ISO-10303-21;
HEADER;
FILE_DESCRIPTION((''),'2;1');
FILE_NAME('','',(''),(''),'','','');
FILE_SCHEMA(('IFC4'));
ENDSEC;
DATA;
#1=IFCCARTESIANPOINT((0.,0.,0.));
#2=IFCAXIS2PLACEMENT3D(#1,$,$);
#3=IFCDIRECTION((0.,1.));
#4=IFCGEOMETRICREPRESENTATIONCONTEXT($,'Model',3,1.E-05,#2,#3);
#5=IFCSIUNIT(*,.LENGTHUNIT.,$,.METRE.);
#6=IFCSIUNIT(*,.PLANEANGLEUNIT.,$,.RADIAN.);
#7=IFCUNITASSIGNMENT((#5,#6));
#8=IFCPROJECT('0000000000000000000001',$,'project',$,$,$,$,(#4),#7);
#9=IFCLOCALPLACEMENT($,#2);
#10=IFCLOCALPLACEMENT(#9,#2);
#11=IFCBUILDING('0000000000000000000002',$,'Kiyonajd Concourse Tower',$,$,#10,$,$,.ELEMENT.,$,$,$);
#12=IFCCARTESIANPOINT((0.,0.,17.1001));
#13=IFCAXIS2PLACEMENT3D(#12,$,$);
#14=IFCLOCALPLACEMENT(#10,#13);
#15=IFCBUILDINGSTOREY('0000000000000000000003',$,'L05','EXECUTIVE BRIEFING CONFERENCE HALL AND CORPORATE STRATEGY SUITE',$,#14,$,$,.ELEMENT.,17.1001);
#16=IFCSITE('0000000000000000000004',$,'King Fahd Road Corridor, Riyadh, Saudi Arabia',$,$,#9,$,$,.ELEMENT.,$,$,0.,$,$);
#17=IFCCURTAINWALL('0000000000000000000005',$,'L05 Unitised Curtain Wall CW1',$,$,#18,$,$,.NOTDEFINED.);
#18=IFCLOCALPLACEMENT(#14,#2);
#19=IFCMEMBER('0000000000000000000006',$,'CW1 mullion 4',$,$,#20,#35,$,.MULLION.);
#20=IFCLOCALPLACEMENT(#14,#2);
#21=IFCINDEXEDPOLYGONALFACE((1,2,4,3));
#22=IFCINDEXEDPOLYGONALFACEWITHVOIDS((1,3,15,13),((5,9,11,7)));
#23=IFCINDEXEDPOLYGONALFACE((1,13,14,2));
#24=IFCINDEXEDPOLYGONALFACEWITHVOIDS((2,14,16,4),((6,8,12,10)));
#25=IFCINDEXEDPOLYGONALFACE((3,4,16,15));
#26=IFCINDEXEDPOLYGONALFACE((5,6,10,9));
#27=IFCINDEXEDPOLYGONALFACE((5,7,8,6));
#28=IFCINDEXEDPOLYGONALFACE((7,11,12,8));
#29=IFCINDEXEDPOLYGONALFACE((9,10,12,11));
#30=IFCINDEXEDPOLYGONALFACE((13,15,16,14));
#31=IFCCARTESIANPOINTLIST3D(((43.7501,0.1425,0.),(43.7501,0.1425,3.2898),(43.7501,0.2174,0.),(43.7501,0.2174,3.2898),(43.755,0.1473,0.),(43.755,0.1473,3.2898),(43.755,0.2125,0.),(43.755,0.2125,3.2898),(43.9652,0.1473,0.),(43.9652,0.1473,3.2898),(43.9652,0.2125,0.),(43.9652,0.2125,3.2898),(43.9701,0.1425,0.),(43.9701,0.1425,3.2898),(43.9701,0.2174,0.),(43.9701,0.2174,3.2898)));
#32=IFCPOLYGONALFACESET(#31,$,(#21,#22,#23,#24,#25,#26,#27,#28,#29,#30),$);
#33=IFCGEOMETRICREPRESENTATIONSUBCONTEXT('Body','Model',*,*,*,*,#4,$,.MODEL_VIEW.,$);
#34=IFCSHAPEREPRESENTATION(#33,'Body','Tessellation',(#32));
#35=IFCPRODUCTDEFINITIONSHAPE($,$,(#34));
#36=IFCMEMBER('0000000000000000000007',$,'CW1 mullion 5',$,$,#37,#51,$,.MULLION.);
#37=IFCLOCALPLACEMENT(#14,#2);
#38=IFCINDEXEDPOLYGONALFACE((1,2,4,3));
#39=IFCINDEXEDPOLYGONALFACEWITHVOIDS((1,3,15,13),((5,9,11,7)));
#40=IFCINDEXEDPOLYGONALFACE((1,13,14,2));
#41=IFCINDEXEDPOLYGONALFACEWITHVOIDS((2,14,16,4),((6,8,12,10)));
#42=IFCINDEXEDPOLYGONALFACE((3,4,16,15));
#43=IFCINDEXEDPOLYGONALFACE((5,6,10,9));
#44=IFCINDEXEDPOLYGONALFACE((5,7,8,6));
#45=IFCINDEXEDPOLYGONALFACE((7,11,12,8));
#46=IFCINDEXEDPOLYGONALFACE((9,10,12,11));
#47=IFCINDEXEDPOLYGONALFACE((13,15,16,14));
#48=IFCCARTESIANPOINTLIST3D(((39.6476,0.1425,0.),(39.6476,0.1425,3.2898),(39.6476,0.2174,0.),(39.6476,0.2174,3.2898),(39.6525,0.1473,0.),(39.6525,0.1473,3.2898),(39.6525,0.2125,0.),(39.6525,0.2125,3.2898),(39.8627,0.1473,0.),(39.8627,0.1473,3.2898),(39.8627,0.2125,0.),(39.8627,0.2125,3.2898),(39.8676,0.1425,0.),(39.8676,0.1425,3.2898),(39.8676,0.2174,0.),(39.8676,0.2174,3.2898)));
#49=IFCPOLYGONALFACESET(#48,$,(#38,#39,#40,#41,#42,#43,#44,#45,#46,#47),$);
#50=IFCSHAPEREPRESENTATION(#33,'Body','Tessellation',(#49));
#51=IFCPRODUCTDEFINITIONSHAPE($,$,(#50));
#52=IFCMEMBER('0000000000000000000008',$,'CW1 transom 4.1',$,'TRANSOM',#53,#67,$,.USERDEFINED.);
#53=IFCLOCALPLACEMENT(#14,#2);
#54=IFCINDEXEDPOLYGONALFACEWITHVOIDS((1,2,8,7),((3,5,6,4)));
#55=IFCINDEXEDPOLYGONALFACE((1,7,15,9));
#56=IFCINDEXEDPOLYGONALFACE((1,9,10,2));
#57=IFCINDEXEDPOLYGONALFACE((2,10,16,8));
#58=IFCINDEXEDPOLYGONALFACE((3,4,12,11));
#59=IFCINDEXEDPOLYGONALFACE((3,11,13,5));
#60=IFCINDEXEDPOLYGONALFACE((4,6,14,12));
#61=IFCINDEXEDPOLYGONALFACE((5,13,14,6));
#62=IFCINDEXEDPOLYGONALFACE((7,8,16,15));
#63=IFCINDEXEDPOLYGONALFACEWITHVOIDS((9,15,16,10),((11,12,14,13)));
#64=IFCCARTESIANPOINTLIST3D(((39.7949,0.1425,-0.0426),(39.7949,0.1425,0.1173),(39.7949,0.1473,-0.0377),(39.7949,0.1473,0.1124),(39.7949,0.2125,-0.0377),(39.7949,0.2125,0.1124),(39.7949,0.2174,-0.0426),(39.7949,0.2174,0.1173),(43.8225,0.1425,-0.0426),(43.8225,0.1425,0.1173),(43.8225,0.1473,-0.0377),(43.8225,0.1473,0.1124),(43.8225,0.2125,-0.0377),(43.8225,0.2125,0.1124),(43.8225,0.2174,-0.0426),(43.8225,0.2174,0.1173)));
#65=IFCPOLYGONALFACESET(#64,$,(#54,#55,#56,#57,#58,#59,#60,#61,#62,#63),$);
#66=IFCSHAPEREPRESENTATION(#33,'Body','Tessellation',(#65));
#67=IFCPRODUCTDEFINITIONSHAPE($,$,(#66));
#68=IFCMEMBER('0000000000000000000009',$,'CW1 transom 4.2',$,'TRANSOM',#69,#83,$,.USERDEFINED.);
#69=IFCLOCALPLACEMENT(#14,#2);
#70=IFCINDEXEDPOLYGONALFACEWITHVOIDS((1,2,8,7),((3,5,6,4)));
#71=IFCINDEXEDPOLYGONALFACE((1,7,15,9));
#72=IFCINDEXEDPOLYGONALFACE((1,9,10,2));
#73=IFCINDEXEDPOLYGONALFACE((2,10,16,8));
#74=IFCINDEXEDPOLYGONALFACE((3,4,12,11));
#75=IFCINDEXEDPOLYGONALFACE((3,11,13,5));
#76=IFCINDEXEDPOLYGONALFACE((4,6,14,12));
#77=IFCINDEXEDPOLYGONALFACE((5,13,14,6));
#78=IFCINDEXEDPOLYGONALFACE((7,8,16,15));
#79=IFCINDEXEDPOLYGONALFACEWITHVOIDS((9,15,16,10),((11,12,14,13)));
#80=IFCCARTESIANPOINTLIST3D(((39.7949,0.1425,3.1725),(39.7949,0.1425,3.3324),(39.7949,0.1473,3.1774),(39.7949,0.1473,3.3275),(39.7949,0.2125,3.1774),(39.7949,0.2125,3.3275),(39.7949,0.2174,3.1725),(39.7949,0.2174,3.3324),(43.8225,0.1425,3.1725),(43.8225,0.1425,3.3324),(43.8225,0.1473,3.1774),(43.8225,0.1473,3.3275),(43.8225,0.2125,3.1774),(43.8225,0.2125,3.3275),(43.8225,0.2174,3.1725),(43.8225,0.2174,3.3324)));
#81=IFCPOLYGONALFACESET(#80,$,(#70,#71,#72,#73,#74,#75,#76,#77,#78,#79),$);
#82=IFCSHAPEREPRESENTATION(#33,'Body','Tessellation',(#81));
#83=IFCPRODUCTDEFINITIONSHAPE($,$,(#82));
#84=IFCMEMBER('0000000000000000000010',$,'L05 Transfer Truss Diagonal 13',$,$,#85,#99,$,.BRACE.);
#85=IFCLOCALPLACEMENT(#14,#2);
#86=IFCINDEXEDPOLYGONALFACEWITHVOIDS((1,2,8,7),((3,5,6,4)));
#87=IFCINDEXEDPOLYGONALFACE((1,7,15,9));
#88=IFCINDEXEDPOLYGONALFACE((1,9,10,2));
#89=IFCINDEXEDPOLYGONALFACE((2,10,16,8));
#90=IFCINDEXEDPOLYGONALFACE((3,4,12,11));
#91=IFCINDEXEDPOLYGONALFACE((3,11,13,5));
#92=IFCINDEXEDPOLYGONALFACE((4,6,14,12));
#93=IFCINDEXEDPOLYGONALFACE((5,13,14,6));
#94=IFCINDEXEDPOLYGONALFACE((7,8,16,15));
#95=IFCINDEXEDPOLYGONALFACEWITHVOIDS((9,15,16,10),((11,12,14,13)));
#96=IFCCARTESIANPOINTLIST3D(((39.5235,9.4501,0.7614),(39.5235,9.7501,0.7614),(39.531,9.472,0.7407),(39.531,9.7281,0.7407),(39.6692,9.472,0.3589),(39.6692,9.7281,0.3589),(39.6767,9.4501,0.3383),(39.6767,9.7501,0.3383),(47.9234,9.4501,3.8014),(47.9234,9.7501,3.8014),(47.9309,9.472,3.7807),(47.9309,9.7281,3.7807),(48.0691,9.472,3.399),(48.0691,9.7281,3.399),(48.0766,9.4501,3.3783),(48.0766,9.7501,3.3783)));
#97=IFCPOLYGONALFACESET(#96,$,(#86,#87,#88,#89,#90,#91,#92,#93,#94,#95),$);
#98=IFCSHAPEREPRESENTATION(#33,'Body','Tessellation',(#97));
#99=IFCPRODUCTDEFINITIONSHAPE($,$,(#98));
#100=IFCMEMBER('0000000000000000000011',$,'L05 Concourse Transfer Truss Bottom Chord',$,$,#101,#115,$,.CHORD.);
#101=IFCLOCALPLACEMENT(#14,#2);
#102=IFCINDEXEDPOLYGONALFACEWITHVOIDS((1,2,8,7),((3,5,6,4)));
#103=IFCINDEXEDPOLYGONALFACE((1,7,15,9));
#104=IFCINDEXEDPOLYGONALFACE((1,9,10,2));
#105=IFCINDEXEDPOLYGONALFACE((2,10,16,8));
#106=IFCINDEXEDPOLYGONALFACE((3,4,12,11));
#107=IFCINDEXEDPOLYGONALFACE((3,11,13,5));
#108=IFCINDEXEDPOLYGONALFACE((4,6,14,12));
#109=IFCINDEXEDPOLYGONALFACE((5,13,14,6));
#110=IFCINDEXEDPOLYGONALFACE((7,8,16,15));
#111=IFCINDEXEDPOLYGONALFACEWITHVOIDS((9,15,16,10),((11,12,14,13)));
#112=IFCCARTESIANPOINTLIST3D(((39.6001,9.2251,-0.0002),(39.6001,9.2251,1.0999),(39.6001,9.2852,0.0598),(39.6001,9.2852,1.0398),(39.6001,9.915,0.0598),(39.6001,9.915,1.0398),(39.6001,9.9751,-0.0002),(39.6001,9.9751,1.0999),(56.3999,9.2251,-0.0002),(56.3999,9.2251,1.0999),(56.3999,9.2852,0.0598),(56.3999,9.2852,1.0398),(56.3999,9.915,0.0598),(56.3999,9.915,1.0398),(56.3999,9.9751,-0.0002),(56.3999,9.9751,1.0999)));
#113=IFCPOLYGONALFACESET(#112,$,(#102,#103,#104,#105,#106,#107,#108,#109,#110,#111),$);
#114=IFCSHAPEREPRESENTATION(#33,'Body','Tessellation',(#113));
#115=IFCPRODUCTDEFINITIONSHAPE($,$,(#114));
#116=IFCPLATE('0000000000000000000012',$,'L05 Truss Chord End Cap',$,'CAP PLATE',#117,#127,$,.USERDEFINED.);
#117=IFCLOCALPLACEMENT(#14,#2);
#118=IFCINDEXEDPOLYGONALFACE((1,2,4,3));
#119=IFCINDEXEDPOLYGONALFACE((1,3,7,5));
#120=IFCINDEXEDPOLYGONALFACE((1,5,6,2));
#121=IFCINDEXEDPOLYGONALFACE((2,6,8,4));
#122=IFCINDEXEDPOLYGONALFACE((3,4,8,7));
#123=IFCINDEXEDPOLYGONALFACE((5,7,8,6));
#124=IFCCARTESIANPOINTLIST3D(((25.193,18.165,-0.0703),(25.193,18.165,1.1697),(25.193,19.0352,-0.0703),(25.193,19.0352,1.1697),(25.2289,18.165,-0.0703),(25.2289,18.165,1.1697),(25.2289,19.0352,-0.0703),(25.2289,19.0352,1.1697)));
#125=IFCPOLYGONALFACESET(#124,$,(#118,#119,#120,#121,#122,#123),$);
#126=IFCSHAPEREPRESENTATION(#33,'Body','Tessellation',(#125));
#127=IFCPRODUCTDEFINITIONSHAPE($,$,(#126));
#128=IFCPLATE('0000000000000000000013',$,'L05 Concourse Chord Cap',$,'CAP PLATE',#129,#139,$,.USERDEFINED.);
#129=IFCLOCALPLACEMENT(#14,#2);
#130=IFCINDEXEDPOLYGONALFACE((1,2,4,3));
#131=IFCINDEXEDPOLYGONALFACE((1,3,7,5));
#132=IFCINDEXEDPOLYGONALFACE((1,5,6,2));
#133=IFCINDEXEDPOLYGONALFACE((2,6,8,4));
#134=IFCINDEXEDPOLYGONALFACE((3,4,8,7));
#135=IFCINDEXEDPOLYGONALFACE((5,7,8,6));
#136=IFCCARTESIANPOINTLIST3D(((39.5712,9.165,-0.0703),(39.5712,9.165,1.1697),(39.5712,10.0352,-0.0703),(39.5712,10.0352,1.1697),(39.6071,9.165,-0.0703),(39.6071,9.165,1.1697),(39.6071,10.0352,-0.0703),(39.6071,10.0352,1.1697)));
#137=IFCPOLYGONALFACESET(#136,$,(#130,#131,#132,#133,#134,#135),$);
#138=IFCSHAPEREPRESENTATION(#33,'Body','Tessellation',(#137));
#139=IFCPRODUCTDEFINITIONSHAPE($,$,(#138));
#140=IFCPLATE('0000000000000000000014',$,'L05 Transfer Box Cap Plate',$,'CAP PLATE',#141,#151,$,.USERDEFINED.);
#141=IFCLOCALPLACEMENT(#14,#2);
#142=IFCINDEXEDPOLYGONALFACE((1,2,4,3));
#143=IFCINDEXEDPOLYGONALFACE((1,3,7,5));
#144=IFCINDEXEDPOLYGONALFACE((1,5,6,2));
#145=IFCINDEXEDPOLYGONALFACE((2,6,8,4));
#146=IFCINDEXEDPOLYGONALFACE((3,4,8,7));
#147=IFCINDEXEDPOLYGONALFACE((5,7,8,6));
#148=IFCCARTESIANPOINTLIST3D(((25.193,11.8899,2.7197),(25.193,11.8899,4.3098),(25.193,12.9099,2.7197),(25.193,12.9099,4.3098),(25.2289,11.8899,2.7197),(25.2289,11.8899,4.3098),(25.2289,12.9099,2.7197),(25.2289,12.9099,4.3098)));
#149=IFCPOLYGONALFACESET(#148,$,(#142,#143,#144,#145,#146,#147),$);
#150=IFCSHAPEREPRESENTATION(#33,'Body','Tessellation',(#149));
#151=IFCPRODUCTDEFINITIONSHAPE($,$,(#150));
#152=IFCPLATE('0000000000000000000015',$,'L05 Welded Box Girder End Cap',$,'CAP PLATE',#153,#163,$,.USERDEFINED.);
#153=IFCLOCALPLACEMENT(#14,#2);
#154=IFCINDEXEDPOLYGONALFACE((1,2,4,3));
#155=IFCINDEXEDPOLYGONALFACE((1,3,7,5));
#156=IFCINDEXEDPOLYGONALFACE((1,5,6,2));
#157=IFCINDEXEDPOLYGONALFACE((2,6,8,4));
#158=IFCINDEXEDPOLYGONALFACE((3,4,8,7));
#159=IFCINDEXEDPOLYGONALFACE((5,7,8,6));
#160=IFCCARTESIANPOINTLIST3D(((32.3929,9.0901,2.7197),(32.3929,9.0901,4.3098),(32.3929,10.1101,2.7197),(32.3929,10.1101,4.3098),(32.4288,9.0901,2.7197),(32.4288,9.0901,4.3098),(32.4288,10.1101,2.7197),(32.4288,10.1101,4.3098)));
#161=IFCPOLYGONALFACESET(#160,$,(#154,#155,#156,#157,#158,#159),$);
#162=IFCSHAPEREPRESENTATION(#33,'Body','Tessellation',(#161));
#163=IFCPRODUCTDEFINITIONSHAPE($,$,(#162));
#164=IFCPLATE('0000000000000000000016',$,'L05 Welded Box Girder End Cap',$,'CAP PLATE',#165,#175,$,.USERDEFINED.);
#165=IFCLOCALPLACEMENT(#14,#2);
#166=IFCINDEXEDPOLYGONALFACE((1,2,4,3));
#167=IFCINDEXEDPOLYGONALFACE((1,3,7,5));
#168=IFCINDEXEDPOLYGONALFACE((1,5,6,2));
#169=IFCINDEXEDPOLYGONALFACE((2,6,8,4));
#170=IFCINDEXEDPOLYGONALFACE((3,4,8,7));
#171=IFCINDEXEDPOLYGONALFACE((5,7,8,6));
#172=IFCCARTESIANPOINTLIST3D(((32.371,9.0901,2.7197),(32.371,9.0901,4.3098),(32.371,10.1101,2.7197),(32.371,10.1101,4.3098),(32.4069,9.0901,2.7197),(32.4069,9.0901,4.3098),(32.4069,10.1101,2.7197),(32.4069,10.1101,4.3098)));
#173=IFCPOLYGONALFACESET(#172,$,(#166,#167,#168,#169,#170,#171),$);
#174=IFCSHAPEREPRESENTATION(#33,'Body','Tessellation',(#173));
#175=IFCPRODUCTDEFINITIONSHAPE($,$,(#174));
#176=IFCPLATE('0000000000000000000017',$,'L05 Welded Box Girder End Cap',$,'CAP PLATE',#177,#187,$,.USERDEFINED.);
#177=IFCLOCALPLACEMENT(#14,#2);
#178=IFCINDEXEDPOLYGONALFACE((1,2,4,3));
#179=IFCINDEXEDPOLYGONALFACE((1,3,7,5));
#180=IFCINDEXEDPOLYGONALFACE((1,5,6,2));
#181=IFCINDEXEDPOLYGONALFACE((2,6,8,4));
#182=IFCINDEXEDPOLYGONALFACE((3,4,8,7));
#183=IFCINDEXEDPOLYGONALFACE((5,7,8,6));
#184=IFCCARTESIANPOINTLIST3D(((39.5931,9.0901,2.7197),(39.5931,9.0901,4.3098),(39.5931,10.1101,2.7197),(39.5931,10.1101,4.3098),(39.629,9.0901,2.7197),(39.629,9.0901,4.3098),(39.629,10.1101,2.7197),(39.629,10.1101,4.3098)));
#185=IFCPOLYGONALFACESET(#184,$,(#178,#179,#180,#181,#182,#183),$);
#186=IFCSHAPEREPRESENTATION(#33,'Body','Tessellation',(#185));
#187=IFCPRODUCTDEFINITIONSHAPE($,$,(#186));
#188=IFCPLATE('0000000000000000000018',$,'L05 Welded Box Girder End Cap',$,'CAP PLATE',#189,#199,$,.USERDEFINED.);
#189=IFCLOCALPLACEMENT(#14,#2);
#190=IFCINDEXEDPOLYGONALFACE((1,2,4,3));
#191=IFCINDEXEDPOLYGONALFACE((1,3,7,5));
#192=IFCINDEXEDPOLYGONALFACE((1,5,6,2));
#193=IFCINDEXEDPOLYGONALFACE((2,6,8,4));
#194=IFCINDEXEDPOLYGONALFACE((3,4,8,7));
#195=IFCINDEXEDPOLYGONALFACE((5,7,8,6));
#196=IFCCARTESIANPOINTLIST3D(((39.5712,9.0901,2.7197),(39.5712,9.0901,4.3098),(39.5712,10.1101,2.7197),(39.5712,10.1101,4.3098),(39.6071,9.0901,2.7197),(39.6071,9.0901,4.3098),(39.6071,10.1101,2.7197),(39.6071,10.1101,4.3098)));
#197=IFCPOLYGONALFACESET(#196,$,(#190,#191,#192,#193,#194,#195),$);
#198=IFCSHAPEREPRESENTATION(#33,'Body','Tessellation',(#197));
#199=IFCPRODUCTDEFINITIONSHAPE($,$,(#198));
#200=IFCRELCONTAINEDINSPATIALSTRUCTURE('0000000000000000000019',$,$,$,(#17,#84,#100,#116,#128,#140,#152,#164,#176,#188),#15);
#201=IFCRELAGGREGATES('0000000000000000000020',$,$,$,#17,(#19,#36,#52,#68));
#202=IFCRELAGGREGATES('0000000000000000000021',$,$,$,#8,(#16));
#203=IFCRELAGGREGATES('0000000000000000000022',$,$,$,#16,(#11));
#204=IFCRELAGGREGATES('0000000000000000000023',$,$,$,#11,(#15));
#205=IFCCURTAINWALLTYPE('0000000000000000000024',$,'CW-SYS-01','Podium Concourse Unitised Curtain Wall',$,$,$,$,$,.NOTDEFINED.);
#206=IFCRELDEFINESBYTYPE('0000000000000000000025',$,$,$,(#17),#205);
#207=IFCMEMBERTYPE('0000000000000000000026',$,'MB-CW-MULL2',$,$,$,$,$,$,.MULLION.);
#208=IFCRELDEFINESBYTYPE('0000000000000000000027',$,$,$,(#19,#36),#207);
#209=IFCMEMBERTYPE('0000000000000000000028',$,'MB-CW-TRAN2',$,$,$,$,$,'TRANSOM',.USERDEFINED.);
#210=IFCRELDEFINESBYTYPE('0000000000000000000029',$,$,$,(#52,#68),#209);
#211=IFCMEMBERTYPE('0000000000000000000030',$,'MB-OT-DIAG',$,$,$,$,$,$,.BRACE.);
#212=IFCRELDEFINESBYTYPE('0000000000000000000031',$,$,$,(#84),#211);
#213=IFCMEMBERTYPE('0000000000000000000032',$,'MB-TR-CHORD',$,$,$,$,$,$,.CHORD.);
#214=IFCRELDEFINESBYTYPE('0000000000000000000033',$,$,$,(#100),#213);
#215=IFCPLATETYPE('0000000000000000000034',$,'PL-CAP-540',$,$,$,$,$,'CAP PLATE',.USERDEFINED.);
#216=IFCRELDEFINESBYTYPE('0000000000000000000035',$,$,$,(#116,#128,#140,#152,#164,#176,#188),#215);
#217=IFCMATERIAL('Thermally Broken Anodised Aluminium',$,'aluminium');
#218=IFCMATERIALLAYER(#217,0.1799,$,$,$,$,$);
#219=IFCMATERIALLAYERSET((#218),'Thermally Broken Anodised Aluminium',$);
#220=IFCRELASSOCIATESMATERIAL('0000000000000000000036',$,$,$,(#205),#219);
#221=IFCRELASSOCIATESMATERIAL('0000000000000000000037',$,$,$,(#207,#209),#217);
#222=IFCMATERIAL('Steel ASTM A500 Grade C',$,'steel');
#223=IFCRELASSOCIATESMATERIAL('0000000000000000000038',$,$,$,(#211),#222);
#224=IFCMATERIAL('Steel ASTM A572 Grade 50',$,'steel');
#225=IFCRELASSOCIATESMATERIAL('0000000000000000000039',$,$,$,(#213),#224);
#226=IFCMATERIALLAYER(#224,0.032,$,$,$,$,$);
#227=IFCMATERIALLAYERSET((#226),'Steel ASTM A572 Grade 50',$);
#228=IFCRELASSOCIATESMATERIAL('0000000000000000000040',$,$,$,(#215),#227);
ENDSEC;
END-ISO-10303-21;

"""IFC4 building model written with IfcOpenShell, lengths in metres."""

from ifc_helpers import new_model, si_unit, direction, frame, origin, origin_2d, place, context, subcontext, project, spatial, rectangle, hollow_rectangle, extrude, material, layer, layer_set, material_profile, profile_set, type_object, element, aggregate, save


model = new_model("IFC4")

# Units and contexts
model_context = context("Model", 3, precision=1e-05, world=origin(), true_north=direction((0.0, 1.0)))
body_context = subcontext(model_context, "Body", "Model", "MODEL_VIEW")
ifc_project = project(units=[si_unit("LENGTHUNIT", "METRE"), si_unit("PLANEANGLEUNIT", "RADIAN")], contexts=[model_context])

# Site, building, storey
site_placement = place(None, origin())
site = spatial("IfcSite", under=ifc_project, at=site_placement, Name="King Fahd Road Corridor, Riyadh, Saudi Arabia", CompositionType="ELEMENT", RefElevation=0.0)
building_placement = place(site_placement, origin())
building = spatial("IfcBuilding", under=site, at=building_placement, Name="Kiyonajd Concourse Tower", CompositionType="ELEMENT")
storey_placement = place(building_placement, frame((0.0, 0.0, 17.1001)))
storey = spatial("IfcBuildingStorey", under=building, at=storey_placement, Name="L05", Description="EXECUTIVE BRIEFING CONFERENCE HALL AND CORPORATE STRATEGY SUITE", CompositionType="ELEMENT", Elevation=17.1001)

# Shared definitions
ifc_material_1 = material(Name="Steel ASTM A572 Grade 50", Category="steel")

# Curtain wall, members
ifc_material_2 = material(Name="Thermally Broken Anodised Aluminium", Category="aluminium")
ifc_layer_1 = layer(ifc_material_2, 0.1799)
ifc_layer_set_1 = layer_set([ifc_layer_1], Name="Thermally Broken Anodised Aluminium")
curtain_wall_type = type_object("IfcCurtainWallType", Name="CW-SYS-01", Description="Podium Concourse Unitised Curtain Wall", PredefinedType="NOTDEFINED", material=ifc_layer_set_1)
curtain_wall_placement = place(storey_placement, origin())
curtain_wall = element("IfcCurtainWall", 1, at=curtain_wall_placement, inside=storey, type_object=curtain_wall_type, Name="L05 Unitised Curtain Wall CW1", PredefinedType="NOTDEFINED")
ifc_material_profile_1 = material_profile(ifc_material_2, hollow_rectangle(XDim=0.075, YDim=0.22, WallThickness=0.0049, at=origin_2d()), Name="MULL-75x220")
ifc_profile_set_1 = profile_set([ifc_material_profile_1], Name="Thermally Broken Anodised Aluminium")
member_type_1 = type_object("IfcMemberType", Name="MB-CW-MULL2", PredefinedType="MULLION", material=ifc_profile_set_1)
member_1_placement = place(storey_placement, frame((43.8601, 0.1799, 0.0), z_axis=(0.0, 0.0, 1.0), x_axis=(0.0, -1.0, 0.0)))
member_1 = element("IfcMember", 2, at=member_1_placement, type_object=member_type_1, Name="CW1 mullion 4", PredefinedType="MULLION", context=body_context, shape_type="SweptSolid", body=[
    extrude(hollow_rectangle(XDim=0.075, YDim=0.22, WallThickness=0.0049, at=origin_2d()), origin(), (0.0, 0.0, 1.0), 3.2898),
])
member_2_placement = place(storey_placement, frame((39.7576, 0.1799, 0.0), z_axis=(0.0, 0.0, 1.0), x_axis=(0.0, -1.0, 0.0)))
member_2 = element("IfcMember", 3, at=member_2_placement, type_object=member_type_1, Name="CW1 mullion 5", PredefinedType="MULLION", context=body_context, shape_type="SweptSolid", body=[
    extrude(hollow_rectangle(XDim=0.075, YDim=0.22, WallThickness=0.0049, at=origin_2d()), origin(), (0.0, 0.0, 1.0), 3.2898),
])
ifc_material_profile_2 = material_profile(ifc_material_2, hollow_rectangle(XDim=0.075, YDim=0.1599, WallThickness=0.0049, at=origin_2d()), Name="TRAN-75x160")
ifc_profile_set_2 = profile_set([ifc_material_profile_2], Name="Thermally Broken Anodised Aluminium")
member_type_2 = type_object("IfcMemberType", Name="MB-CW-TRAN2", ElementType="TRANSOM", PredefinedType="USERDEFINED", material=ifc_profile_set_2)
member_3_placement = place(storey_placement, frame((43.8225, 0.1799, 0.0374), z_axis=(-1.0, 0.0, 0.0), x_axis=(0.0, -1.0, 0.0)))
member_3 = element("IfcMember", 4, at=member_3_placement, type_object=member_type_2, Name="CW1 transom 4.1", ObjectType="TRANSOM", PredefinedType="USERDEFINED", context=body_context, shape_type="SweptSolid", body=[
    extrude(hollow_rectangle(XDim=0.075, YDim=0.1599, WallThickness=0.0049, at=origin_2d()), origin(), (0.0, 0.0, 1.0), 4.0276),
])
member_4_placement = place(storey_placement, frame((43.8225, 0.1799, 3.2524), z_axis=(-1.0, 0.0, 0.0), x_axis=(0.0, -1.0, 0.0)))
member_4 = element("IfcMember", 5, at=member_4_placement, type_object=member_type_2, Name="CW1 transom 4.2", ObjectType="TRANSOM", PredefinedType="USERDEFINED", context=body_context, shape_type="SweptSolid", body=[
    extrude(hollow_rectangle(XDim=0.075, YDim=0.1599, WallThickness=0.0049, at=origin_2d()), origin(), (0.0, 0.0, 1.0), 4.0276),
])

# Members
ifc_material_3 = material(Name="Steel ASTM A500 Grade C", Category="steel")
ifc_material_profile_3 = material_profile(ifc_material_3, hollow_rectangle(XDim=0.3, YDim=0.45, WallThickness=0.022, at=origin_2d()), Name="HSS-450x300x22")
ifc_profile_set_3 = profile_set([ifc_material_profile_3], Name="Steel ASTM A500 Grade C")
member_type_3 = type_object("IfcMemberType", Name="MB-OT-DIAG", PredefinedType="BRACE", material=ifc_profile_set_3)
member_5_placement = place(storey_placement, frame((39.6001, 9.6001, 0.5498), z_axis=(0.940313, 0.0, 0.340312), x_axis=(0.0, 1.0, 0.0)))
element("IfcMember", 6, at=member_5_placement, inside=storey, type_object=member_type_3, Name="L05 Transfer Truss Diagonal 13", PredefinedType="BRACE", context=body_context, shape_type="SweptSolid", body=[
    extrude(hollow_rectangle(XDim=0.3, YDim=0.45, WallThickness=0.022, at=origin_2d()), origin(), (0.0, 0.0, 1.0), 8.9331),
])
ifc_material_profile_4 = material_profile(ifc_material_1, hollow_rectangle(XDim=0.75, YDim=1.1001, WallThickness=0.0601, at=origin_2d()), Name="BOX-1100x750x60")
ifc_profile_set_4 = profile_set([ifc_material_profile_4], Name="Steel ASTM A572 Grade 50")
member_type_4 = type_object("IfcMemberType", Name="MB-TR-CHORD", PredefinedType="CHORD", material=ifc_profile_set_4)
member_6_placement = place(storey_placement, frame((39.6001, 9.6001, 0.5498), z_axis=(1.0, 0.0, 0.0), x_axis=(0.0, 1.0, 0.0)))
element("IfcMember", 7, at=member_6_placement, inside=storey, type_object=member_type_4, Name="L05 Concourse Transfer Truss Bottom Chord", PredefinedType="CHORD", context=body_context, shape_type="SweptSolid", body=[
    extrude(hollow_rectangle(XDim=0.75, YDim=1.1001, WallThickness=0.0601, at=origin_2d()), origin(), (0.0, 0.0, 1.0), 16.7998),
])

# Plates
ifc_layer_2 = layer(ifc_material_1, 0.032)
ifc_layer_set_2 = layer_set([ifc_layer_2], Name="Steel ASTM A572 Grade 50")
plate_type_1 = type_object("IfcPlateType", Name="PL-CAP-540", ElementType="CAP PLATE", PredefinedType="USERDEFINED", material=ifc_layer_set_2)
for number, where, z_axis, x_axis, name in (
    (8, (25.2109, 18.6001, -0.0703), (0.0, 0.0, 1.0), (1.0, 0.0, 0.0), "L05 Truss Chord End Cap"),
    (9, (39.5891, 9.6001, -0.0703), (0.0, 0.0, 1.0), (-1.0, 0.0, 0.0), "L05 Concourse Chord Cap"),
):
    element("IfcPlate", number, at=place(storey_placement, frame(where, z_axis=z_axis, x_axis=x_axis)), inside=storey, type_object=plate_type_1, Name=name, ObjectType="CAP PLATE", PredefinedType="USERDEFINED", context=body_context, shape_type="SweptSolid", body=[
        extrude(rectangle(XDim=0.0359, YDim=0.8701, at=origin_2d()), origin(), (0.0, 0.0, 1.0), 1.24),
    ])
for number, where, z_axis, x_axis, name in (
    (10, (25.2109, 12.3999, 2.7197), (0.0, 0.0, 1.0), (1.0, 0.0, 0.0), "L05 Transfer Box Cap Plate"),
    (11, (32.4109, 9.6001, 2.7197), (0.0, 0.0, 1.0), (1.0, 0.0, 0.0), "L05 Welded Box Girder End Cap"),
    (12, (32.3889, 9.6001, 2.7197), (0.0, 0.0, 1.0), (-1.0, 0.0, 0.0), "L05 Welded Box Girder End Cap"),
    (13, (39.6111, 9.6001, 2.7197), (0.0, 0.0, 1.0), (1.0, 0.0, 0.0), "L05 Welded Box Girder End Cap"),
    (14, (39.5891, 9.6001, 2.7197), (0.0, 0.0, 1.0), (-1.0, 0.0, 0.0), "L05 Welded Box Girder End Cap"),
):
    element("IfcPlate", number, at=place(storey_placement, frame(where, z_axis=z_axis, x_axis=x_axis)), inside=storey, type_object=plate_type_1, Name=name, ObjectType="CAP PLATE", PredefinedType="USERDEFINED", context=body_context, shape_type="SweptSolid", body=[
        extrude(rectangle(XDim=0.0359, YDim=1.02, at=origin_2d()), origin(), (0.0, 0.0, 1.0), 1.5901),
    ])

aggregate(curtain_wall, [member_1, member_2, member_3, member_4])

save(model, "model.ifc")
